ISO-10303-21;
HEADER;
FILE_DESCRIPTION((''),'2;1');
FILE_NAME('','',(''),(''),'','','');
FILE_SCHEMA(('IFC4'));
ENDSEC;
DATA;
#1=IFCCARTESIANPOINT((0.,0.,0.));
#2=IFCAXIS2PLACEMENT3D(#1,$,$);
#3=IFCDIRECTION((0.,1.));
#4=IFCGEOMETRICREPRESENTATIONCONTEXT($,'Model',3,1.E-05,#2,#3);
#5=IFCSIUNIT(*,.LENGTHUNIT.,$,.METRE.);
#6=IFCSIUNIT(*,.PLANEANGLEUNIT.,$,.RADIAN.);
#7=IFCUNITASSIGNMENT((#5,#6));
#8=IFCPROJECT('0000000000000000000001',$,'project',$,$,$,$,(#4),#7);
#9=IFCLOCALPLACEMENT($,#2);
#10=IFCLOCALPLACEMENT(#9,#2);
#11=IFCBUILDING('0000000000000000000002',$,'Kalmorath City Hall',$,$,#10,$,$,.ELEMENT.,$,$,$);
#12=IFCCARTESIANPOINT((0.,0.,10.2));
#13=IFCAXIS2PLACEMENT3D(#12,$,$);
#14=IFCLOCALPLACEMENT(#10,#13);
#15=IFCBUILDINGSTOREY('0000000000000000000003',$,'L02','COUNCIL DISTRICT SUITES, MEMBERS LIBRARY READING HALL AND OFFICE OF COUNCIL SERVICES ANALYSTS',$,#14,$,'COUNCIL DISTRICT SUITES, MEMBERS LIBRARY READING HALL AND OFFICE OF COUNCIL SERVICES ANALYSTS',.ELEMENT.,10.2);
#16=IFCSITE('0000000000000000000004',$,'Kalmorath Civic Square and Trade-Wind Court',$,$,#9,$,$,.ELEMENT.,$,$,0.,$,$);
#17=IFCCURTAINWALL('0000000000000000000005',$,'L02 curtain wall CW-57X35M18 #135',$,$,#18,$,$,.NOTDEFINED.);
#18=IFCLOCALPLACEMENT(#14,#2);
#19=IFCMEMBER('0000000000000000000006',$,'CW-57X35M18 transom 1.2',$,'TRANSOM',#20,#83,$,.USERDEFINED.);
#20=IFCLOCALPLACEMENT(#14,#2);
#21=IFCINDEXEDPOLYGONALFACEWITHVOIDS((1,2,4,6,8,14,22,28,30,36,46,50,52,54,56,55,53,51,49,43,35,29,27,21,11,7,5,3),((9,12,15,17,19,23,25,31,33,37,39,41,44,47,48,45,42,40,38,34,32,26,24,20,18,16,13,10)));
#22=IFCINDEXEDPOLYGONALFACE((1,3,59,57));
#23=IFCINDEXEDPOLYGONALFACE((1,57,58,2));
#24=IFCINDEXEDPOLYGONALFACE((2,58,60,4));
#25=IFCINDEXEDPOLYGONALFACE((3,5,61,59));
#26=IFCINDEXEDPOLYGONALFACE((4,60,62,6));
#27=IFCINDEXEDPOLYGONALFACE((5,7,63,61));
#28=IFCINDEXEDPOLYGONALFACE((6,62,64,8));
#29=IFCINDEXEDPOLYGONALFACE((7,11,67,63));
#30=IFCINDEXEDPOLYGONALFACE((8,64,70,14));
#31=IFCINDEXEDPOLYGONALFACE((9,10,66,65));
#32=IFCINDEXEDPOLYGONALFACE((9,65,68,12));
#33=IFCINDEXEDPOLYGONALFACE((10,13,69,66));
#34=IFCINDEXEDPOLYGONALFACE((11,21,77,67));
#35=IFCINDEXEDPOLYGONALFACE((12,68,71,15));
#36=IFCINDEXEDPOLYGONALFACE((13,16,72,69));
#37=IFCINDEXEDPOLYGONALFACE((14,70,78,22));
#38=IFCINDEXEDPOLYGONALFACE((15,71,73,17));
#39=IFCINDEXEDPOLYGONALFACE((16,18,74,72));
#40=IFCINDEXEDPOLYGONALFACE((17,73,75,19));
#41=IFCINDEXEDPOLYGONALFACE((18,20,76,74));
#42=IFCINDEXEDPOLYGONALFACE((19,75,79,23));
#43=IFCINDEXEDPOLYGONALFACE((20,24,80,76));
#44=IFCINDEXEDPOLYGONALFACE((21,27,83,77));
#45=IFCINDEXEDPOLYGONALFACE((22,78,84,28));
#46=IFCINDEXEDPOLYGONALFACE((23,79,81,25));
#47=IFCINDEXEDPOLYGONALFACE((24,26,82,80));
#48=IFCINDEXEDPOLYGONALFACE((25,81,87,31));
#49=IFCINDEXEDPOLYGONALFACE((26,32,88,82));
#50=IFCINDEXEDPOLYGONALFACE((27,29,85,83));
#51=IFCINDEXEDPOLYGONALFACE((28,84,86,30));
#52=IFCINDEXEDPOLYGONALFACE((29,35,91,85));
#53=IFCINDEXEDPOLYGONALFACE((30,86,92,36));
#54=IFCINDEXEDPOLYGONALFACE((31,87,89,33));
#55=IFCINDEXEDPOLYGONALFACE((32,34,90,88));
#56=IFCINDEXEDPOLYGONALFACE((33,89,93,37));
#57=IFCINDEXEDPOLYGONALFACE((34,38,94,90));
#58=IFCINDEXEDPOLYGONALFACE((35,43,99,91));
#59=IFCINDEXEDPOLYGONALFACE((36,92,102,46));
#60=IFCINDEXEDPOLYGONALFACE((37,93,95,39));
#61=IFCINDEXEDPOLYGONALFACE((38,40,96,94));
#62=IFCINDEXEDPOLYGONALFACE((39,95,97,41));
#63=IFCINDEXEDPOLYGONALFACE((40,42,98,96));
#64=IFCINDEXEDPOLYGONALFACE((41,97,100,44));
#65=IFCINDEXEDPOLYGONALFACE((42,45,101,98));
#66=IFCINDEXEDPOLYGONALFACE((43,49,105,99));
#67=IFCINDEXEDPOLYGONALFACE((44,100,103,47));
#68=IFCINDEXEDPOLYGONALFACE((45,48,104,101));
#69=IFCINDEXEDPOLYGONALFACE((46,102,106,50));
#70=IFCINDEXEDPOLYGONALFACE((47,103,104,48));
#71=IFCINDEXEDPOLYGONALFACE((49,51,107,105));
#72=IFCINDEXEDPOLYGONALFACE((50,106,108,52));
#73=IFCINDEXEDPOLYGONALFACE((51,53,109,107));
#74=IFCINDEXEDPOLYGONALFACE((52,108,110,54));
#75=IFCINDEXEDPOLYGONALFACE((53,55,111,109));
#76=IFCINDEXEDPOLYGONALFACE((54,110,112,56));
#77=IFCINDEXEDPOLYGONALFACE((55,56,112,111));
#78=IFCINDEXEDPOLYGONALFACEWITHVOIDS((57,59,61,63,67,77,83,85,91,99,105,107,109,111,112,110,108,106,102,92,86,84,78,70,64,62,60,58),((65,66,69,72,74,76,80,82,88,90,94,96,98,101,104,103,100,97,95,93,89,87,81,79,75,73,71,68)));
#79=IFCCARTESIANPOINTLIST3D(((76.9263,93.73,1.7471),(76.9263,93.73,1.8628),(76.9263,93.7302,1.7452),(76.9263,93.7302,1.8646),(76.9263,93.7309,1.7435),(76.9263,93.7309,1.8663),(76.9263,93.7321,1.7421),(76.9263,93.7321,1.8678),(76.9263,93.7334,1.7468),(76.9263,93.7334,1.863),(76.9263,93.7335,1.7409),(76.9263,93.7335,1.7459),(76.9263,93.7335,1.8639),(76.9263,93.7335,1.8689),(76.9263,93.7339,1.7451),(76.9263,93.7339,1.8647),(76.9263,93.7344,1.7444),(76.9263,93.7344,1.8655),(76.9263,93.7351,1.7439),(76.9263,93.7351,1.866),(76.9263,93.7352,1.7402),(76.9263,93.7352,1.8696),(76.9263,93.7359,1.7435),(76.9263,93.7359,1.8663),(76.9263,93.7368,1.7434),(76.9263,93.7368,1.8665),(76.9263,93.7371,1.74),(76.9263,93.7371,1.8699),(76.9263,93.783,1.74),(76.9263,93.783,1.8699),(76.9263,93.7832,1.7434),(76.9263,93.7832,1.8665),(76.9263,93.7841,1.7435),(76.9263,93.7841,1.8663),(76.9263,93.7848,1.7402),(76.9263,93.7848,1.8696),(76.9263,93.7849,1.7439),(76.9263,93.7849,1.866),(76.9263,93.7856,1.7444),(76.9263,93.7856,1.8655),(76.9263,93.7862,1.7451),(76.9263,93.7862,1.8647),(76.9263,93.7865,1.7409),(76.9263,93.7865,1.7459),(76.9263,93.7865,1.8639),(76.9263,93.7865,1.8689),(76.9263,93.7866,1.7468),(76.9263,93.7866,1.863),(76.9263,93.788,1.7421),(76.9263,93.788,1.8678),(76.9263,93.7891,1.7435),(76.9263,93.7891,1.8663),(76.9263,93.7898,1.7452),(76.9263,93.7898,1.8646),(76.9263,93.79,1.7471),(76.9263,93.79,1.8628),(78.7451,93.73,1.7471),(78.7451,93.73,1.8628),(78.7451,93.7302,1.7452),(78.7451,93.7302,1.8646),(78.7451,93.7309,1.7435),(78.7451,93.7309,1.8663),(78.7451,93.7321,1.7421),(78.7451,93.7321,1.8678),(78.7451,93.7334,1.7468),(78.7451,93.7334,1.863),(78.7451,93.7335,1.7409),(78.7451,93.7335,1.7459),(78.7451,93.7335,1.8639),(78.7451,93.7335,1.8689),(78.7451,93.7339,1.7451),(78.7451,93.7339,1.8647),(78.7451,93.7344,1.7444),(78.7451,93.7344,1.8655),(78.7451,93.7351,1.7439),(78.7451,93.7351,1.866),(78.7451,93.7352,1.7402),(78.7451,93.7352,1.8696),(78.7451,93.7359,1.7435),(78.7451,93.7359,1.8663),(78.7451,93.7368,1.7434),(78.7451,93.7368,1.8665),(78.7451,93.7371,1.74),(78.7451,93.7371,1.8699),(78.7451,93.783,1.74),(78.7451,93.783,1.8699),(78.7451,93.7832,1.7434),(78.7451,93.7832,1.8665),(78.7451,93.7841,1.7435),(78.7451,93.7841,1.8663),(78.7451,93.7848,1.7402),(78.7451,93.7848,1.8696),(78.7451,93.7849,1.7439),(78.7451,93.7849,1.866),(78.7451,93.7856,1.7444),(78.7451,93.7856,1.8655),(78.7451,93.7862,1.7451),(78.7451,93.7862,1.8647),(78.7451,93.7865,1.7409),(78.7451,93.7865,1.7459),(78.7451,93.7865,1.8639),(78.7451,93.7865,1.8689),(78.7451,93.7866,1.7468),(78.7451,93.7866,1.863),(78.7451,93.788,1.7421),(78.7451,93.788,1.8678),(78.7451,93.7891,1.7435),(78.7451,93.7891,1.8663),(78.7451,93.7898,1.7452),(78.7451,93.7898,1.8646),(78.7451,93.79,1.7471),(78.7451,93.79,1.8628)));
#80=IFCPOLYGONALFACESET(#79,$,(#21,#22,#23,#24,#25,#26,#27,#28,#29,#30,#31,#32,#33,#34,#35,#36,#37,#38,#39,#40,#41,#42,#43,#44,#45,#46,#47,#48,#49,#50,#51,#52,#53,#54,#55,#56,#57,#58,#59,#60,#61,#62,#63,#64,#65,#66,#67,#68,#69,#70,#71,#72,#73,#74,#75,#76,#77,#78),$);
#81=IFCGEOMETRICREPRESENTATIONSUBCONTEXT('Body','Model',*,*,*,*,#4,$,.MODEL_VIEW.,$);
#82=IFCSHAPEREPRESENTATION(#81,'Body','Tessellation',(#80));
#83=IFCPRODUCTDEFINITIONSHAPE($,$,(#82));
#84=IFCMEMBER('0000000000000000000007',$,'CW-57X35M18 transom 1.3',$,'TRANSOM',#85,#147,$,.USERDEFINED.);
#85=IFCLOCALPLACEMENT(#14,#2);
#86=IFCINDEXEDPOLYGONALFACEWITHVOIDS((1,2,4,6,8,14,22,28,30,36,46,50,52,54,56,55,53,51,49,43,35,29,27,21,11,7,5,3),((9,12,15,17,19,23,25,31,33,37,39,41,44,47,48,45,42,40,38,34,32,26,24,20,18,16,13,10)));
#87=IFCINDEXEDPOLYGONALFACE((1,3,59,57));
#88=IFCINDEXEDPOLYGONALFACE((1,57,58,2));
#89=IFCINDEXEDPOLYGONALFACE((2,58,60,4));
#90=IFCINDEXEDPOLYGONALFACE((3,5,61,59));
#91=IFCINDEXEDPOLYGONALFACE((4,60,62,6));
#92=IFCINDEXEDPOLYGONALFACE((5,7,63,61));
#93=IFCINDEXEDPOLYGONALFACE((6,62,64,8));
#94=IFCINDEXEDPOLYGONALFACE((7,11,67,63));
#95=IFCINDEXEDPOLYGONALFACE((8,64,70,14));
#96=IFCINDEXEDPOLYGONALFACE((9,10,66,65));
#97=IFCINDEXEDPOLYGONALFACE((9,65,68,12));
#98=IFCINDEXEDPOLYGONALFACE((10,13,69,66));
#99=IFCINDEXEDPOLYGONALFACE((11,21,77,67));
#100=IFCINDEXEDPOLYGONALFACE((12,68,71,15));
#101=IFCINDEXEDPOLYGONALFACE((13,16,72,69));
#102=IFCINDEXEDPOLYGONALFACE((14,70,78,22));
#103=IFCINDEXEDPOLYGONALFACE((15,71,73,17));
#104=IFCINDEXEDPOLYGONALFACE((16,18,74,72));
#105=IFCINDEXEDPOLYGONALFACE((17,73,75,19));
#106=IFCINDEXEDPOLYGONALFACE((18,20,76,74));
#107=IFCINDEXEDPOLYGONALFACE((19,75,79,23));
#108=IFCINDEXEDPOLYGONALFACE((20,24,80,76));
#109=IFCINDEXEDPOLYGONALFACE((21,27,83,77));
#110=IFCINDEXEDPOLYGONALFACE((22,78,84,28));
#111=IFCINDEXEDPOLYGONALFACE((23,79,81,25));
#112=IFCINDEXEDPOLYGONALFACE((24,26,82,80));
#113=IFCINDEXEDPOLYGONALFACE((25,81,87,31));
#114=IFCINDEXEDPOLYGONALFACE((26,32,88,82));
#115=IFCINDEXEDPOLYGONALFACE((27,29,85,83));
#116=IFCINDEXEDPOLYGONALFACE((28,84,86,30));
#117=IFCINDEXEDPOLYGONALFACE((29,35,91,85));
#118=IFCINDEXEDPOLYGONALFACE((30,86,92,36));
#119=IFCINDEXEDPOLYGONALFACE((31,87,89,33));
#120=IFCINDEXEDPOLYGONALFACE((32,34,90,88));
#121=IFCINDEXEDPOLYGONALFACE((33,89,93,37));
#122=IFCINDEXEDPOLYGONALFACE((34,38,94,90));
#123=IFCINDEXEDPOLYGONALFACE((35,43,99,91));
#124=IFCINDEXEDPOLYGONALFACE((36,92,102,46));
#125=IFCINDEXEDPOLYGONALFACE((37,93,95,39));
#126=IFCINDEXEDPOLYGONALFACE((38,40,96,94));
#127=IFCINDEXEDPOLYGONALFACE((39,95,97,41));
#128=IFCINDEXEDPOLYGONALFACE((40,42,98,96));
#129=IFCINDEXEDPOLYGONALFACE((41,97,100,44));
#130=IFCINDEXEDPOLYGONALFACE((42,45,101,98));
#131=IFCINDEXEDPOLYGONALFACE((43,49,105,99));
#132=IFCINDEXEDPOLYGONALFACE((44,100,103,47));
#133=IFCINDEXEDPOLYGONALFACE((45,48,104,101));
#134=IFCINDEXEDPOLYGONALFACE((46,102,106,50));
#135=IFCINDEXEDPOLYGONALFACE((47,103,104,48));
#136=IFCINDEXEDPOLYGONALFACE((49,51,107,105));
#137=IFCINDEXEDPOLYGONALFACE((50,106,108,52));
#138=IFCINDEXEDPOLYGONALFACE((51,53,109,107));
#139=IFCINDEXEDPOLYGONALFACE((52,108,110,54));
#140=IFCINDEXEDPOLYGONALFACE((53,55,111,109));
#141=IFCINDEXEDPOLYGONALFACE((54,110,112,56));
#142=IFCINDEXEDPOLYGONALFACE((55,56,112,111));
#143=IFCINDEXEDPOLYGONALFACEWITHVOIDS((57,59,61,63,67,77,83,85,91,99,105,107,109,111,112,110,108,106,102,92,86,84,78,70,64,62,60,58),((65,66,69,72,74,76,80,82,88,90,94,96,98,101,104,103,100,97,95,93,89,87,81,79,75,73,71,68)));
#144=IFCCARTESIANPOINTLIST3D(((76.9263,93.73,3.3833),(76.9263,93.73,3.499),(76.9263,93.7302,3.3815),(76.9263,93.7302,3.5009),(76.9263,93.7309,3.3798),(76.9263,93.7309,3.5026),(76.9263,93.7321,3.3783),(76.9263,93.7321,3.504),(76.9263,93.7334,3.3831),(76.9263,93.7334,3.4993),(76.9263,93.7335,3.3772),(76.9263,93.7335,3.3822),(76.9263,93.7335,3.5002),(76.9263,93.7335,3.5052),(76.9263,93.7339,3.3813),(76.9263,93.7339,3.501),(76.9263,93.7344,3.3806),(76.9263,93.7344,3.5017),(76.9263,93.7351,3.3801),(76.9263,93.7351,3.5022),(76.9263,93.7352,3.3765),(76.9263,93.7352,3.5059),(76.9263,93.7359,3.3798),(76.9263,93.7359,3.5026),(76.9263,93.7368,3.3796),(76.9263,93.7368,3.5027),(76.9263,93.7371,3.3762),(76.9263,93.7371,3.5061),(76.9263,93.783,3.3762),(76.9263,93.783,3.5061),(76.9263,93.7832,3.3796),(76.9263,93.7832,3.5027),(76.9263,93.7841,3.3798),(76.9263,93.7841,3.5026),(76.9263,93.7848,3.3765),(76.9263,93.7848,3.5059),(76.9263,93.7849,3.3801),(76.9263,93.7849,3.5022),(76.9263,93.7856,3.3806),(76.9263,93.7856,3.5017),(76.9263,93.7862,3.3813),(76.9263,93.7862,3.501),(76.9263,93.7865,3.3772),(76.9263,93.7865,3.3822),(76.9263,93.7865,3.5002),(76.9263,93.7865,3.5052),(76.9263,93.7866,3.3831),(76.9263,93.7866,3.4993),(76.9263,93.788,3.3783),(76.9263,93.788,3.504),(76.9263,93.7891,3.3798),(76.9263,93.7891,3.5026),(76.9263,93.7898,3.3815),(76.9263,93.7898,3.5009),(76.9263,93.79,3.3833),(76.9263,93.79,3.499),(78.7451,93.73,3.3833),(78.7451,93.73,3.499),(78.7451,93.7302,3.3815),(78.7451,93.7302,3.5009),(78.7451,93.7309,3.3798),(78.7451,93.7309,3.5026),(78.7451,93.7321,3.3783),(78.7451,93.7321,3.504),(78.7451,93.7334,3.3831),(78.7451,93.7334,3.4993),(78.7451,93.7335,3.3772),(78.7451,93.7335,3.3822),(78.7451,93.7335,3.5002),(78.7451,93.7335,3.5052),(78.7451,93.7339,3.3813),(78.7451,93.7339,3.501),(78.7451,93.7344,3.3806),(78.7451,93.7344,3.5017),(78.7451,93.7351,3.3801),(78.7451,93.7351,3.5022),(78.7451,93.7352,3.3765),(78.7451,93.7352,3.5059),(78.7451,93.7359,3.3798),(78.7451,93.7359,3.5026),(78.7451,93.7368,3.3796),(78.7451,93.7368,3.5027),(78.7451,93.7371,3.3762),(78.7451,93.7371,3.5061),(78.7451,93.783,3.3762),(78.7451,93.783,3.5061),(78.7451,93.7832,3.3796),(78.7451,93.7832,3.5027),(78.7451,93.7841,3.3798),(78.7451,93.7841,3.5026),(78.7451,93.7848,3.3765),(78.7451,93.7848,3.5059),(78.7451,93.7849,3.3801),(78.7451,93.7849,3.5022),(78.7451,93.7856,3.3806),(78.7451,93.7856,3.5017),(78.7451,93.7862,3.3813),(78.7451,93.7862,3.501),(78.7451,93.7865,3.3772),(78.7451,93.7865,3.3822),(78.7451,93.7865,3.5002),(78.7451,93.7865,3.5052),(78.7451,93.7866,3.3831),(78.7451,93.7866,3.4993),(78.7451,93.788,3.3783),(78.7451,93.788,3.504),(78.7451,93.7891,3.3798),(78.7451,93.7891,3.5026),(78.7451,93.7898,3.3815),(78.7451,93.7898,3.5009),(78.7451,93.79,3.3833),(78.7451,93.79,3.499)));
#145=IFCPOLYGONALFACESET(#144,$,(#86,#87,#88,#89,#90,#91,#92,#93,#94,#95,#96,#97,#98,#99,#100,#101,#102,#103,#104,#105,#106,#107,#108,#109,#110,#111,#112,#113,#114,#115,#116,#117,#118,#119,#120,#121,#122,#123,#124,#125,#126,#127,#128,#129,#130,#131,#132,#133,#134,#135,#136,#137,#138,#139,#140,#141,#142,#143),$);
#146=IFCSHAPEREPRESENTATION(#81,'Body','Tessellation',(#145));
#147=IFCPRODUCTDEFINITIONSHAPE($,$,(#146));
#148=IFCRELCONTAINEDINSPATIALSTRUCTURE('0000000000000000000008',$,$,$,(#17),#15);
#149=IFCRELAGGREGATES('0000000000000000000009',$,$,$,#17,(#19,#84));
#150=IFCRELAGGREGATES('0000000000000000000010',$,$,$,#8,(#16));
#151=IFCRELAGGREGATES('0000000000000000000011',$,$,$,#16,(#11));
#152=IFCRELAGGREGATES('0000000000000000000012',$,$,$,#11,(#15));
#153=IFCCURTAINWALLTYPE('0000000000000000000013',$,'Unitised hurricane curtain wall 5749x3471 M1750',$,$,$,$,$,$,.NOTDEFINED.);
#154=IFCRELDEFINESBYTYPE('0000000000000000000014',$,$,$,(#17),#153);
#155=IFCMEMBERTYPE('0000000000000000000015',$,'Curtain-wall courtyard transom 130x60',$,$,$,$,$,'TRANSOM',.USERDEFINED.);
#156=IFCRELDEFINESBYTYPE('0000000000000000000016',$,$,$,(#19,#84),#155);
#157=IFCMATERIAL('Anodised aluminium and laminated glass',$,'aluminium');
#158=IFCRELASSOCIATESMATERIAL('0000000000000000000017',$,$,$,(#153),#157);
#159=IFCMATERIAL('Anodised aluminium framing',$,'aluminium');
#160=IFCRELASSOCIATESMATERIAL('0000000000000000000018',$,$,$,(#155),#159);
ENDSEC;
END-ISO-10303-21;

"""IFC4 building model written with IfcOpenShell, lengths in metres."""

from ifc_helpers import new_model, si_unit, direction, frame, origin, origin_2d, place, context, subcontext, project, spatial, hollow_rectangle, extrude, material, material_profile, profile_set, type_object, element, aggregate, save


model = new_model("IFC4")

# Units and contexts
model_context = context("Model", 3, precision=1e-05, world=origin(), true_north=direction((0.0, 1.0)))
body_context = subcontext(model_context, "Body", "Model", "MODEL_VIEW")
ifc_project = project(units=[si_unit("LENGTHUNIT", "METRE"), si_unit("PLANEANGLEUNIT", "RADIAN")], contexts=[model_context])

# Site, building, storey
site_placement = place(None, origin())
site = spatial("IfcSite", under=ifc_project, at=site_placement, Name="Kalmorath Civic Square and Trade-Wind Court", CompositionType="ELEMENT", RefElevation=0.0)
building_placement = place(site_placement, origin())
building = spatial("IfcBuilding", under=site, at=building_placement, Name="Kalmorath City Hall", CompositionType="ELEMENT")
storey_placement = place(building_placement, frame((0.0, 0.0, 10.2)))
storey = spatial("IfcBuildingStorey", under=building, at=storey_placement, Name="L02", Description="COUNCIL DISTRICT SUITES, MEMBERS LIBRARY READING HALL AND OFFICE OF COUNCIL SERVICES ANALYSTS", LongName="COUNCIL DISTRICT SUITES, MEMBERS LIBRARY READING HALL AND OFFICE OF COUNCIL SERVICES ANALYSTS", CompositionType="ELEMENT", Elevation=10.2)

# Curtain wall, members
ifc_material_1 = material(Name="Anodised aluminium and laminated glass", Category="aluminium")
curtain_wall_type = type_object("IfcCurtainWallType", Name="Unitised hurricane curtain wall 5749x3471 M1750", PredefinedType="NOTDEFINED", material=ifc_material_1)
curtain_wall_placement = place(storey_placement, origin())
curtain_wall = element("IfcCurtainWall", 1, at=curtain_wall_placement, inside=storey, type_object=curtain_wall_type, Name="L02 curtain wall CW-57X35M18 #135", PredefinedType="NOTDEFINED")
ifc_material_2 = material(Name="Anodised aluminium framing", Category="aluminium")
ifc_material_profile_1 = material_profile(ifc_material_2, hollow_rectangle(XDim=0.0601, YDim=0.1299, WallThickness=0.0034, InnerFilletRadius=0.0034, OuterFilletRadius=0.0071, at=origin_2d()), Name="ALU-TRN-130X60X3.5")
ifc_profile_set_1 = profile_set([ifc_material_profile_1], Name="Anodised aluminium framing")
member_type_1 = type_object("IfcMemberType", Name="Curtain-wall courtyard transom 130x60", ElementType="TRANSOM", PredefinedType="USERDEFINED", material=ifc_profile_set_1)
member_1_placement = place(storey_placement, frame((78.7451, 93.76, 1.8049), z_axis=(-1.0, 0.0, 0.0), x_axis=(0.0, -1.0, 0.0)))
member_1 = element("IfcMember", 2, at=member_1_placement, type_object=member_type_1, Name="CW-57X35M18 transom 1.2", ObjectType="TRANSOM", PredefinedType="USERDEFINED", context=body_context, shape_type="SweptSolid", body=[
    extrude(hollow_rectangle(XDim=0.0601, YDim=0.1299, WallThickness=0.0034, InnerFilletRadius=0.0034, OuterFilletRadius=0.0071, at=origin_2d()), origin(), (0.0, 0.0, 1.0), 1.8188),
])
member_2_placement = place(storey_placement, frame((78.7451, 93.76, 3.4412), z_axis=(-1.0, 0.0, 0.0), x_axis=(0.0, -1.0, 0.0)))
member_2 = element("IfcMember", 3, at=member_2_placement, type_object=member_type_1, Name="CW-57X35M18 transom 1.3", ObjectType="TRANSOM", PredefinedType="USERDEFINED", context=body_context, shape_type="SweptSolid", body=[
    extrude(hollow_rectangle(XDim=0.0601, YDim=0.1299, WallThickness=0.0034, InnerFilletRadius=0.0034, OuterFilletRadius=0.0071, at=origin_2d()), origin(), (0.0, 0.0, 1.0), 1.8188),
])

aggregate(curtain_wall, [member_1, member_2])

save(model, "model.ifc")
